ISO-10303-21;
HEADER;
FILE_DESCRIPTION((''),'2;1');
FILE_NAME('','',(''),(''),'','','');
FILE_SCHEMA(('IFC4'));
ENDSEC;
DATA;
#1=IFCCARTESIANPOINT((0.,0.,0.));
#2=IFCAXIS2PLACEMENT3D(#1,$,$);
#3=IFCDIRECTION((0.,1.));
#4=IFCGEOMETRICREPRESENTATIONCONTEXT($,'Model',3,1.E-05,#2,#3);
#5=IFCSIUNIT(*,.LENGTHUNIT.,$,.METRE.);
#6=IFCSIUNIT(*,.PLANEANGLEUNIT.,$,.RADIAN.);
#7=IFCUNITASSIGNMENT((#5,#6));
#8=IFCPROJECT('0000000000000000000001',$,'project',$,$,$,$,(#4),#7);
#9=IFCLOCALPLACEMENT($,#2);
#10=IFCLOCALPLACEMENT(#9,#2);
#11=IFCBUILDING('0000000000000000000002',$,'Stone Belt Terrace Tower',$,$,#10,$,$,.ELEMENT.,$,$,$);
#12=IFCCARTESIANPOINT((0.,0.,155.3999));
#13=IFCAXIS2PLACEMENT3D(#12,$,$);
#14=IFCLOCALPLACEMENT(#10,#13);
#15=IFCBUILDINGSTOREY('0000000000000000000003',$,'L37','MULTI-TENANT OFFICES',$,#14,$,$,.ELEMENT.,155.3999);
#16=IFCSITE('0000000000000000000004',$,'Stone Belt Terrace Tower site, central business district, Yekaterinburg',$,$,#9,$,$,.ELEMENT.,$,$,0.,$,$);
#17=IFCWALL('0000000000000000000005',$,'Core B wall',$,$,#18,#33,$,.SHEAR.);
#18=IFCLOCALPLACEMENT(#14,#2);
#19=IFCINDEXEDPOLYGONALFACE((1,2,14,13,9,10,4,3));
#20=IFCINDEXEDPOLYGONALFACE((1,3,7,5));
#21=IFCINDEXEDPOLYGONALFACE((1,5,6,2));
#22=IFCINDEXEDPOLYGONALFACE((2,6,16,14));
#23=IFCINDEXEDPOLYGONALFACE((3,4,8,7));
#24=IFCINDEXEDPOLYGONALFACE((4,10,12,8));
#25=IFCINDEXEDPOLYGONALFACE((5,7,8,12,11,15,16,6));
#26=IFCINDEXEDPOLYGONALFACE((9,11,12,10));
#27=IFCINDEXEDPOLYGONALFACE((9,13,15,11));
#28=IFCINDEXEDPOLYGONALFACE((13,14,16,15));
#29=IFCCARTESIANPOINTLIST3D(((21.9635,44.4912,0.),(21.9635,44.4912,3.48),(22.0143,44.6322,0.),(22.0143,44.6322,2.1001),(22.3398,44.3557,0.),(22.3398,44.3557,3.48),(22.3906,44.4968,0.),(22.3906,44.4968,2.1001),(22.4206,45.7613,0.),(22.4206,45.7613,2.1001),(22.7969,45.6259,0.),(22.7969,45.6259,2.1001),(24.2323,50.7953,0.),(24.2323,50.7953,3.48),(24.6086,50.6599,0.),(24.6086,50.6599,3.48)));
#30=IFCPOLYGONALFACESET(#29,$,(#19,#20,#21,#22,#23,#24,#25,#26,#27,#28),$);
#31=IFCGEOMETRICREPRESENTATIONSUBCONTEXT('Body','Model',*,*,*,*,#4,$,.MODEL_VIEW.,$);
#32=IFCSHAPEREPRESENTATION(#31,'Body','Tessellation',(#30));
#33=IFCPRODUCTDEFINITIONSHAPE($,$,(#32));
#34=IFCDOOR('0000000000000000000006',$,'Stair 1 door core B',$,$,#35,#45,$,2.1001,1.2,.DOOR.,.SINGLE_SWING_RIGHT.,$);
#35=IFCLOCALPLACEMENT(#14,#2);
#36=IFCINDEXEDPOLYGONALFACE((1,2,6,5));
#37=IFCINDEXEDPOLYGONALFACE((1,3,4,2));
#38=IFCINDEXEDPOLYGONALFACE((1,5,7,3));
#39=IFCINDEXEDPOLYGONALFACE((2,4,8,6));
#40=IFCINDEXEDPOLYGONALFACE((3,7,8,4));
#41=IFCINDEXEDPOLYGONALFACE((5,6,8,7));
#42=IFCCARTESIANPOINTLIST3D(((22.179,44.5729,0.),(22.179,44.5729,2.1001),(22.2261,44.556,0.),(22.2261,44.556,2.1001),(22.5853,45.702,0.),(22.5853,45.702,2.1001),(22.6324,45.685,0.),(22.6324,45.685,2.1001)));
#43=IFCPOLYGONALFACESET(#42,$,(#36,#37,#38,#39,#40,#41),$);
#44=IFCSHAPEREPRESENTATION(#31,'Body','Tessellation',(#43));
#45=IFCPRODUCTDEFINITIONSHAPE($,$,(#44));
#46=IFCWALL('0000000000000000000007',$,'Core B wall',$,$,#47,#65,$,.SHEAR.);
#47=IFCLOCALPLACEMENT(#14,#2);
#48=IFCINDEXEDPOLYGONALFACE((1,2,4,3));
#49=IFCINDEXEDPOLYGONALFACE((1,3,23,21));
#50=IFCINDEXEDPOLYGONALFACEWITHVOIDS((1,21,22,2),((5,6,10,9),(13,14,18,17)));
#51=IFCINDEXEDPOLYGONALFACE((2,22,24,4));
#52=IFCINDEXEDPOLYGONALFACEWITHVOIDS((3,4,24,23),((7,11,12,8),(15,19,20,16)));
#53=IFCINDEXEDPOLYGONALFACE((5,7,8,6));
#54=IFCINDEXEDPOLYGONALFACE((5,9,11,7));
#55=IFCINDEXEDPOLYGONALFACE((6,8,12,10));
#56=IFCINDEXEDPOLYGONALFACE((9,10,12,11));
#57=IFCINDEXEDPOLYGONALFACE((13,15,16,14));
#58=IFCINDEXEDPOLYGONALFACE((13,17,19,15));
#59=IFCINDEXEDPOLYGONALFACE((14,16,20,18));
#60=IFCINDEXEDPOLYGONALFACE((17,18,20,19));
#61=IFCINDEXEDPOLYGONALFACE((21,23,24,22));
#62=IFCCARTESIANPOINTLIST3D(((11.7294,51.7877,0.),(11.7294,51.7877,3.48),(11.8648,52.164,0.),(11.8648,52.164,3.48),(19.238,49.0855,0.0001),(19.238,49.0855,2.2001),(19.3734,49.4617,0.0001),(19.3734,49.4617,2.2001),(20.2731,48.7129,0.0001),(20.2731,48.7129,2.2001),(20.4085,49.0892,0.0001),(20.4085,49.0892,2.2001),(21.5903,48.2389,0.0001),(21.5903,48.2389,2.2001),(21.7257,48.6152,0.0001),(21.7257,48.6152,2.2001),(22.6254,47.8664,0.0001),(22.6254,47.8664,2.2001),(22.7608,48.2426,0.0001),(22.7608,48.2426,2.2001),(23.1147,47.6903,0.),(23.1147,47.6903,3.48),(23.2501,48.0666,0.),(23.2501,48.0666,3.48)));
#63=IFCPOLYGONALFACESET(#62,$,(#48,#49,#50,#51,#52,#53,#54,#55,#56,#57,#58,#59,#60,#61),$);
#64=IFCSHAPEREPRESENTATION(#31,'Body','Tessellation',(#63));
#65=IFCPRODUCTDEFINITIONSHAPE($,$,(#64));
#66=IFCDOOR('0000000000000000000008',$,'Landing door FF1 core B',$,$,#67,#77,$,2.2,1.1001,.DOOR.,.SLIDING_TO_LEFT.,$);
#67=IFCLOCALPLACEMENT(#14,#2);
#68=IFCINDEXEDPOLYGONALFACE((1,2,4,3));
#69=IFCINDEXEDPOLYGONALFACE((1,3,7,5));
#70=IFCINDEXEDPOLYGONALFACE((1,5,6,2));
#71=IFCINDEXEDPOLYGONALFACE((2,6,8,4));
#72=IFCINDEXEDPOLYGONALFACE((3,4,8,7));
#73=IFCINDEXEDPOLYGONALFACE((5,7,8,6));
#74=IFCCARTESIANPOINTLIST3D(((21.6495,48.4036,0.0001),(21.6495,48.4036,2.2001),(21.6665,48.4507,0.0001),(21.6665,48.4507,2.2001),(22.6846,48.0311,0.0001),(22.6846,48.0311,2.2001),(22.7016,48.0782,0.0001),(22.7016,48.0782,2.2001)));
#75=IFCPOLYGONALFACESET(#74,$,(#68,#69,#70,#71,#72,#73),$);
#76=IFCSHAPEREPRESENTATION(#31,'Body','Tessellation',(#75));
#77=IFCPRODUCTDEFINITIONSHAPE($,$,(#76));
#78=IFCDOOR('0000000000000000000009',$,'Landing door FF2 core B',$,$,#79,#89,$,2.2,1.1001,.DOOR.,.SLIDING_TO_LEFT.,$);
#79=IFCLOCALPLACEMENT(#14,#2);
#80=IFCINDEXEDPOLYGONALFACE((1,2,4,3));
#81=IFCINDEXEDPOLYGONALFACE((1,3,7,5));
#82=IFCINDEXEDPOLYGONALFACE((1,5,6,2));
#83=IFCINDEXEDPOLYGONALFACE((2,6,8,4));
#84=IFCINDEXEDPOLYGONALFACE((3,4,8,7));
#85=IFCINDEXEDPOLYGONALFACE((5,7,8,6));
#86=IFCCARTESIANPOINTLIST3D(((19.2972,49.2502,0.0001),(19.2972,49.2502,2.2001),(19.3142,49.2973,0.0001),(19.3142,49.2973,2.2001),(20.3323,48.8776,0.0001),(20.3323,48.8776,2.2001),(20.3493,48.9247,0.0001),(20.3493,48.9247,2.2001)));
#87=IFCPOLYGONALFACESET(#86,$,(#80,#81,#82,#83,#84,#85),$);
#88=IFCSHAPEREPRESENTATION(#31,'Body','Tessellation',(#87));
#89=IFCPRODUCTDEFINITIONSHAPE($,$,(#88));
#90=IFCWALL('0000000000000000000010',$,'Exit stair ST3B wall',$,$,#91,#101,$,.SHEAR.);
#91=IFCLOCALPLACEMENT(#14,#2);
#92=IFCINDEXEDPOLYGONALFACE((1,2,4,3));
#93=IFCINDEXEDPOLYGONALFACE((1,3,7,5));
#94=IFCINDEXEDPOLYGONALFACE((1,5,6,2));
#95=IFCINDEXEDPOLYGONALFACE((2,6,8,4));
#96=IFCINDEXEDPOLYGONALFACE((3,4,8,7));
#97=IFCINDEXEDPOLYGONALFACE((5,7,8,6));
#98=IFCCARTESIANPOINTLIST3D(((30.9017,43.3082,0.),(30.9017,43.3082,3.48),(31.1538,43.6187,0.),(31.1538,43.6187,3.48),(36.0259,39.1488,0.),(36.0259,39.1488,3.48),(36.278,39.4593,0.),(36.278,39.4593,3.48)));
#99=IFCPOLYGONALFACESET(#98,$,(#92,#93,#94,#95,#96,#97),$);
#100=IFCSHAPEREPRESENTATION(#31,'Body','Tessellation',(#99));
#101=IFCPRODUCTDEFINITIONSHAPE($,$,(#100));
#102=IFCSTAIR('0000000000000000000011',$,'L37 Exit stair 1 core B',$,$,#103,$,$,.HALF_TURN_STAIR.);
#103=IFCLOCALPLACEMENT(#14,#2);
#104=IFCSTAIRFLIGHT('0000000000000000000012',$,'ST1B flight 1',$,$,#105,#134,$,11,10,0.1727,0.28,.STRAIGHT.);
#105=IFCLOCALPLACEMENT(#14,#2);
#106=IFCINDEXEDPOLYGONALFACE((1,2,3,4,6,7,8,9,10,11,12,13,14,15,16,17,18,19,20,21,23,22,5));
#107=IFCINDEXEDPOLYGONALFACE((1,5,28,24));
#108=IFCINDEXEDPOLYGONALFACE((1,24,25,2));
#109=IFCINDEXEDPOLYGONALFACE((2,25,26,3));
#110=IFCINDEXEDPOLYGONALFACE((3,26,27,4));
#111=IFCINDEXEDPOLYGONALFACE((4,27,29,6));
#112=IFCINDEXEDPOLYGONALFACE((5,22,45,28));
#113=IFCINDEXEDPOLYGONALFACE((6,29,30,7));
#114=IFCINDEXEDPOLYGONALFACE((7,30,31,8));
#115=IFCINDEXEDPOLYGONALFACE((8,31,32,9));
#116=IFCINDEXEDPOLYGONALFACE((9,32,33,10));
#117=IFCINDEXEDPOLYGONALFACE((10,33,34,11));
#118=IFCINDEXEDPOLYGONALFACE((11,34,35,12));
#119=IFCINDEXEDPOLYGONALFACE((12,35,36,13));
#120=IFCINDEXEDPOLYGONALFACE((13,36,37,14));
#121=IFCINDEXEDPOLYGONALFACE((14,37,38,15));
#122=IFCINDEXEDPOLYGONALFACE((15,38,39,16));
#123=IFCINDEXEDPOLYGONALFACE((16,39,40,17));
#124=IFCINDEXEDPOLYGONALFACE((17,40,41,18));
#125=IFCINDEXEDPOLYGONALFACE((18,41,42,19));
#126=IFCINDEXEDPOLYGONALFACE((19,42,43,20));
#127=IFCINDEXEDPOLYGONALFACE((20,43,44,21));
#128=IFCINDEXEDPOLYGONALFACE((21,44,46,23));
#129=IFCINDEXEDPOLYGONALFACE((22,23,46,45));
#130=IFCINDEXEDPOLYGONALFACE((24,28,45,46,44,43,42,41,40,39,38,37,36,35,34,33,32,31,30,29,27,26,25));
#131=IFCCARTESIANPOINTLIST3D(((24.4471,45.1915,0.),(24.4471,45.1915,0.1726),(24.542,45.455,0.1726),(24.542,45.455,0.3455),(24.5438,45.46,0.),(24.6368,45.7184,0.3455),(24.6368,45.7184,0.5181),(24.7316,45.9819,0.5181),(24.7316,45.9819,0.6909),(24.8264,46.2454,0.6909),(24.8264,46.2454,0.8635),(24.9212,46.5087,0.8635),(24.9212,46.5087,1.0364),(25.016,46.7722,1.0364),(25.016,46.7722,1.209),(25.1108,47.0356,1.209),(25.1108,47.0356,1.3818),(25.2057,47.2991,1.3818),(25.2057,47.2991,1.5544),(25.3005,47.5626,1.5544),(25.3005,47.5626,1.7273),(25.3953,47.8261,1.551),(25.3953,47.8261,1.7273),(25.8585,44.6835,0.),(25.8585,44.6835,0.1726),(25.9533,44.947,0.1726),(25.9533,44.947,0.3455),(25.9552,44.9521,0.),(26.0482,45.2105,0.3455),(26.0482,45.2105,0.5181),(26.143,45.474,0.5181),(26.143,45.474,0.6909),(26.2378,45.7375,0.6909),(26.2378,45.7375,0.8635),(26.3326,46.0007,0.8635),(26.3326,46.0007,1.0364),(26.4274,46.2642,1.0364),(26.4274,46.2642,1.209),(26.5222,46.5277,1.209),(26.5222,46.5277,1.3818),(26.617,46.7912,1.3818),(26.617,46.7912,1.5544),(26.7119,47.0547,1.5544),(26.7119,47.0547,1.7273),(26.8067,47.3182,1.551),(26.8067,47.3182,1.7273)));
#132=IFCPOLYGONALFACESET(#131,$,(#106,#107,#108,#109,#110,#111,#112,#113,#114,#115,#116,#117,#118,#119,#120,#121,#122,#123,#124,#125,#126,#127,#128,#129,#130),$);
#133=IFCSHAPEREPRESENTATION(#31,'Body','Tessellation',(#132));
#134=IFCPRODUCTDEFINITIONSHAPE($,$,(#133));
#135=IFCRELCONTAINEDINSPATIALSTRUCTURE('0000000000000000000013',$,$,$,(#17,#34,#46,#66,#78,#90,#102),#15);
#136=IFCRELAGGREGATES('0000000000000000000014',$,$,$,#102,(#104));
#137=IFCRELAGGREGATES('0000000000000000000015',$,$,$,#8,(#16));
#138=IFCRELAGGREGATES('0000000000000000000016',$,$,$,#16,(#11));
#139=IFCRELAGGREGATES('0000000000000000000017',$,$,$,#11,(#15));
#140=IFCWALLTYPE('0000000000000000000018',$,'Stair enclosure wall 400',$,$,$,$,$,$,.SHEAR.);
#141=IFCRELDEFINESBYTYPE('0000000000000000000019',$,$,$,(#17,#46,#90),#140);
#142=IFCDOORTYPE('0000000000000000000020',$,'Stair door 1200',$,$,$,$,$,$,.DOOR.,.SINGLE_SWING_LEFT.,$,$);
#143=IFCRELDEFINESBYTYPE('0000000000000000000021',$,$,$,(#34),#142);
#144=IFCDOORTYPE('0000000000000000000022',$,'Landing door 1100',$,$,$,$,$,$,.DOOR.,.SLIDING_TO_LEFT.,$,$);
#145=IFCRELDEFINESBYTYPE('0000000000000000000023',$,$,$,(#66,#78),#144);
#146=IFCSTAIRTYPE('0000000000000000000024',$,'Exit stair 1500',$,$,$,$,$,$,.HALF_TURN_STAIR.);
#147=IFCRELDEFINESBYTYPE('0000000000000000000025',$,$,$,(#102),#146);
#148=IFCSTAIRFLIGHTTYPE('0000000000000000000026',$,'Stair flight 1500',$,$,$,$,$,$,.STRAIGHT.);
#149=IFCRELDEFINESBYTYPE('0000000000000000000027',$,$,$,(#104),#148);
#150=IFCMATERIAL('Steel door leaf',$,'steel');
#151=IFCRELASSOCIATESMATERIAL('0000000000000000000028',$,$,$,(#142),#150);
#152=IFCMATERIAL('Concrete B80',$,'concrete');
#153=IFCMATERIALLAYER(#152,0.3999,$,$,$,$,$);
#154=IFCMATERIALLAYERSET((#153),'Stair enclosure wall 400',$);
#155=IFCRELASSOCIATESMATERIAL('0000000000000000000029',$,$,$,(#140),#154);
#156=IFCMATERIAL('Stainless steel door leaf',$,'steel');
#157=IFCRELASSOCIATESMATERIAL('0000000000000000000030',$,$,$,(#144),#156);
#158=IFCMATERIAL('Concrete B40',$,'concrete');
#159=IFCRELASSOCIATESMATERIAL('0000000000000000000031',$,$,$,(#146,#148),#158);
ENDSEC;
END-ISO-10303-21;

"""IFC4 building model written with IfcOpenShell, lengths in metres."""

from ifc_helpers import new_model, si_unit, direction, frame, frame_2d, origin, place, context, subcontext, project, spatial, polyline, rectangle, outline, extrude, material, layer, layer_set, type_object, element, fill, aggregate, save


model = new_model("IFC4")

# Units and contexts
model_context = context("Model", 3, precision=1e-05, world=origin(), true_north=direction((0.0, 1.0)))
body_context = subcontext(model_context, "Body", "Model", "MODEL_VIEW")
ifc_project = project(units=[si_unit("LENGTHUNIT", "METRE"), si_unit("PLANEANGLEUNIT", "RADIAN")], contexts=[model_context])

# Site, building, storey
site_placement = place(None, origin())
site = spatial("IfcSite", under=ifc_project, at=site_placement, Name="Stone Belt Terrace Tower site, central business district, Yekaterinburg", CompositionType="ELEMENT", RefElevation=0.0)
building_placement = place(site_placement, origin())
building = spatial("IfcBuilding", under=site, at=building_placement, Name="Stone Belt Terrace Tower", CompositionType="ELEMENT")
storey_placement = place(building_placement, frame((0.0, 0.0, 155.3999)))
storey = spatial("IfcBuildingStorey", under=building, at=storey_placement, Name="L37", Description="MULTI-TENANT OFFICES", CompositionType="ELEMENT", Elevation=155.3999)

# Shared definitions
ifc_material_1 = material(Name="Concrete B80", Category="concrete")

# Wall, opening, door
ifc_material_2 = material(Name="Steel door leaf", Category="steel")
door_type_1 = type_object("IfcDoorType", Name="Stair door 1200", OperationType="SINGLE_SWING_LEFT", PredefinedType="DOOR", material=ifc_material_2)
ifc_layer_1 = layer(ifc_material_1, 0.3999)
ifc_layer_set_1 = layer_set([ifc_layer_1], Name="Stair enclosure wall 400")
wall_type_1 = type_object("IfcWallType", Name="Stair enclosure wall 400", PredefinedType="SHEAR", material=ifc_layer_set_1)
wall_1_placement = place(storey_placement, frame((22.1516, 44.4233, 0.0), z_axis=(0.0, 0.0, 1.0), x_axis=(0.338625, 0.940921, 0.0)))
wall_1 = element("IfcWall", 1, at=wall_1_placement, inside=storey, type_object=wall_type_1, Name="Core B wall", PredefinedType="SHEAR", context=body_context, shape_type="SweptSolid", body=[
    extrude(rectangle(XDim=6.7, YDim=0.3999, at=frame_2d((3.3501, 0.0))), origin(), (0.0, 0.0, 1.0), 3.48),
])
opening_1_placement = place(wall_1_placement, frame((0.1499, 0.0, 0.0)))
opening_1 = element("IfcOpeningElement", 2, at=opening_1_placement, cuts=wall_1, PredefinedType="OPENING", context=body_context, shape_type="SweptSolid", body=[
    extrude(rectangle(XDim=1.2, YDim=2.1001, at=frame_2d((0.6001, 1.05))), frame((0.0, 0.21, 0.0), z_axis=(0.0, -1.0, 0.0), x_axis=(1.0, 0.0, 0.0)), (0.0, 0.0, 1.0), 0.4199),
])
door_1_placement = place(opening_1_placement, origin())
door_1 = element("IfcDoor", 3, at=door_1_placement, inside=storey, type_object=door_type_1, Name="Stair 1 door core B", OperationType="SINGLE_SWING_RIGHT", OverallHeight=2.1001, OverallWidth=1.2, PredefinedType="DOOR", context=body_context, shape_type="SweptSolid", body=[
    extrude(rectangle(XDim=1.2, YDim=2.1001, at=frame_2d((0.6001, 1.05))), frame((0.0, 0.0249, 0.0), z_axis=(0.0, -1.0, 0.0), x_axis=(1.0, 0.0, 0.0)), (0.0, 0.0, 1.0), 0.05),
])
fill(opening_1, door_1)

# Wall, openings, doors
wall_2_placement = place(storey_placement, frame((23.1824, 47.8784, 0.0), z_axis=(0.0, 0.0, 1.0), x_axis=(-0.940921, 0.338626, 0.0)))
wall_2 = element("IfcWall", 4, at=wall_2_placement, inside=storey, type_object=wall_type_1, Name="Core B wall", PredefinedType="SHEAR", context=body_context, shape_type="SweptSolid", body=[
    extrude(rectangle(XDim=12.1001, YDim=0.3999, at=frame_2d((6.05, 0.0))), origin(), (0.0, 0.0, 1.0), 3.48),
])
opening_2_placement = place(wall_2_placement, frame((0.52, 0.0, 0.0)))
opening_2 = element("IfcOpeningElement", 5, at=opening_2_placement, cuts=wall_2, PredefinedType="OPENING", context=body_context, shape_type="SweptSolid", body=[
    extrude(rectangle(XDim=1.1001, YDim=2.2, at=frame_2d((0.55, 1.1001))), frame((0.0, 0.21, 0.0), z_axis=(0.0, -1.0, 0.0), x_axis=(1.0, 0.0, 0.0)), (0.0, 0.0, 1.0), 0.4199),
])
opening_3_placement = place(wall_2_placement, frame((3.02, 0.0, 0.0)))
opening_3 = element("IfcOpeningElement", 6, at=opening_3_placement, cuts=wall_2, PredefinedType="OPENING", context=body_context, shape_type="SweptSolid", body=[
    extrude(rectangle(XDim=1.1001, YDim=2.2, at=frame_2d((0.55, 1.1001))), frame((0.0, 0.21, 0.0), z_axis=(0.0, -1.0, 0.0), x_axis=(1.0, 0.0, 0.0)), (0.0, 0.0, 1.0), 0.4199),
])
ifc_material_3 = material(Name="Stainless steel door leaf", Category="steel")
door_type_2 = type_object("IfcDoorType", Name="Landing door 1100", OperationType="SLIDING_TO_LEFT", PredefinedType="DOOR", material=ifc_material_3)
door_2_placement = place(opening_2_placement, origin())
door_2 = element("IfcDoor", 7, at=door_2_placement, inside=storey, type_object=door_type_2, Name="Landing door FF1 core B", OperationType="SLIDING_TO_LEFT", OverallHeight=2.2, OverallWidth=1.1001, PredefinedType="DOOR", context=body_context, shape_type="SweptSolid", body=[
    extrude(rectangle(XDim=1.1001, YDim=2.2, at=frame_2d((0.55, 1.1001))), frame((0.0, 0.0249, 0.0), z_axis=(0.0, -1.0, 0.0), x_axis=(1.0, 0.0, 0.0)), (0.0, 0.0, 1.0), 0.05),
])
fill(opening_2, door_2)
door_3_placement = place(opening_3_placement, origin())
door_3 = element("IfcDoor", 8, at=door_3_placement, inside=storey, type_object=door_type_2, Name="Landing door FF2 core B", OperationType="SLIDING_TO_LEFT", OverallHeight=2.2, OverallWidth=1.1001, PredefinedType="DOOR", context=body_context, shape_type="SweptSolid", body=[
    extrude(rectangle(XDim=1.1001, YDim=2.2, at=frame_2d((0.55, 1.1001))), frame((0.0, 0.0249, 0.0), z_axis=(0.0, -1.0, 0.0), x_axis=(1.0, 0.0, 0.0)), (0.0, 0.0, 1.0), 0.05),
])
fill(opening_3, door_3)

# Wall
wall_3_placement = place(storey_placement, frame((31.0278, 43.4634, 0.0), z_axis=(0.0, 0.0, 1.0), x_axis=(0.776414, -0.630224, 0.0)))
element("IfcWall", 9, at=wall_3_placement, inside=storey, type_object=wall_type_1, Name="Exit stair ST3B wall", PredefinedType="SHEAR", context=body_context, shape_type="SweptSolid", body=[
    extrude(rectangle(XDim=6.5999, YDim=0.3999, at=frame_2d((3.2998, 0.0))), origin(), (0.0, 0.0, 1.0), 3.48),
])

# Stair, stair flight
ifc_material_4 = material(Name="Concrete B40", Category="concrete")
stair_type = type_object("IfcStairType", Name="Exit stair 1500", PredefinedType="HALF_TURN_STAIR", material=ifc_material_4)
stair_placement = place(storey_placement, origin())
stair = element("IfcStair", 10, at=stair_placement, inside=storey, type_object=stair_type, Name="L37 Exit stair 1 core B", PredefinedType="HALF_TURN_STAIR")
stair_flight_type = type_object("IfcStairFlightType", Name="Stair flight 1500", PredefinedType="STRAIGHT", material=ifc_material_4)
stair_flight_placement = place(storey_placement, frame((25.1528, 44.9375, 0.0), z_axis=(0.0, 0.0, 1.0), x_axis=(0.338624, 0.940922, 0.0)))
stair_flight = element("IfcStairFlight", 11, at=stair_flight_placement, type_object=stair_flight_type, Name="ST1B flight 1", NumberOfRisers=11, NumberOfTreads=10, PredefinedType="STRAIGHT", RiserHeight=0.1727, TreadLength=0.28, context=body_context, shape_type="SweptSolid", body=[
    extrude(outline(polyline([(0.0, 0.0), (0.0, 0.1726), (0.28, 0.1726), (0.28, 0.3455), (0.5601, 0.3455), (0.5601, 0.5181), (0.8401, 0.5181), (0.8401, 0.6909), (1.1201, 0.6909), (1.1201, 0.8635), (1.3999, 0.8635), (1.3999, 1.0364), (1.6799, 1.0364), (1.6799, 1.209), (1.96, 1.209), (1.96, 1.3818), (2.24, 1.3818), (2.24, 1.5544), (2.52, 1.5544), (2.52, 1.7273), (2.8, 1.7273), (2.8, 1.8999), (2.8, 1.551), (0.2854, 0.0), (0.0, 0.0)])), frame((0.0, 0.75, 0.0), z_axis=(0.0, -1.0, 0.0), x_axis=(1.0, 0.0, 0.0)), (0.0, 0.0, 1.0), 1.5),
])
aggregate(stair, [stair_flight])

save(model, "model.ifc")
